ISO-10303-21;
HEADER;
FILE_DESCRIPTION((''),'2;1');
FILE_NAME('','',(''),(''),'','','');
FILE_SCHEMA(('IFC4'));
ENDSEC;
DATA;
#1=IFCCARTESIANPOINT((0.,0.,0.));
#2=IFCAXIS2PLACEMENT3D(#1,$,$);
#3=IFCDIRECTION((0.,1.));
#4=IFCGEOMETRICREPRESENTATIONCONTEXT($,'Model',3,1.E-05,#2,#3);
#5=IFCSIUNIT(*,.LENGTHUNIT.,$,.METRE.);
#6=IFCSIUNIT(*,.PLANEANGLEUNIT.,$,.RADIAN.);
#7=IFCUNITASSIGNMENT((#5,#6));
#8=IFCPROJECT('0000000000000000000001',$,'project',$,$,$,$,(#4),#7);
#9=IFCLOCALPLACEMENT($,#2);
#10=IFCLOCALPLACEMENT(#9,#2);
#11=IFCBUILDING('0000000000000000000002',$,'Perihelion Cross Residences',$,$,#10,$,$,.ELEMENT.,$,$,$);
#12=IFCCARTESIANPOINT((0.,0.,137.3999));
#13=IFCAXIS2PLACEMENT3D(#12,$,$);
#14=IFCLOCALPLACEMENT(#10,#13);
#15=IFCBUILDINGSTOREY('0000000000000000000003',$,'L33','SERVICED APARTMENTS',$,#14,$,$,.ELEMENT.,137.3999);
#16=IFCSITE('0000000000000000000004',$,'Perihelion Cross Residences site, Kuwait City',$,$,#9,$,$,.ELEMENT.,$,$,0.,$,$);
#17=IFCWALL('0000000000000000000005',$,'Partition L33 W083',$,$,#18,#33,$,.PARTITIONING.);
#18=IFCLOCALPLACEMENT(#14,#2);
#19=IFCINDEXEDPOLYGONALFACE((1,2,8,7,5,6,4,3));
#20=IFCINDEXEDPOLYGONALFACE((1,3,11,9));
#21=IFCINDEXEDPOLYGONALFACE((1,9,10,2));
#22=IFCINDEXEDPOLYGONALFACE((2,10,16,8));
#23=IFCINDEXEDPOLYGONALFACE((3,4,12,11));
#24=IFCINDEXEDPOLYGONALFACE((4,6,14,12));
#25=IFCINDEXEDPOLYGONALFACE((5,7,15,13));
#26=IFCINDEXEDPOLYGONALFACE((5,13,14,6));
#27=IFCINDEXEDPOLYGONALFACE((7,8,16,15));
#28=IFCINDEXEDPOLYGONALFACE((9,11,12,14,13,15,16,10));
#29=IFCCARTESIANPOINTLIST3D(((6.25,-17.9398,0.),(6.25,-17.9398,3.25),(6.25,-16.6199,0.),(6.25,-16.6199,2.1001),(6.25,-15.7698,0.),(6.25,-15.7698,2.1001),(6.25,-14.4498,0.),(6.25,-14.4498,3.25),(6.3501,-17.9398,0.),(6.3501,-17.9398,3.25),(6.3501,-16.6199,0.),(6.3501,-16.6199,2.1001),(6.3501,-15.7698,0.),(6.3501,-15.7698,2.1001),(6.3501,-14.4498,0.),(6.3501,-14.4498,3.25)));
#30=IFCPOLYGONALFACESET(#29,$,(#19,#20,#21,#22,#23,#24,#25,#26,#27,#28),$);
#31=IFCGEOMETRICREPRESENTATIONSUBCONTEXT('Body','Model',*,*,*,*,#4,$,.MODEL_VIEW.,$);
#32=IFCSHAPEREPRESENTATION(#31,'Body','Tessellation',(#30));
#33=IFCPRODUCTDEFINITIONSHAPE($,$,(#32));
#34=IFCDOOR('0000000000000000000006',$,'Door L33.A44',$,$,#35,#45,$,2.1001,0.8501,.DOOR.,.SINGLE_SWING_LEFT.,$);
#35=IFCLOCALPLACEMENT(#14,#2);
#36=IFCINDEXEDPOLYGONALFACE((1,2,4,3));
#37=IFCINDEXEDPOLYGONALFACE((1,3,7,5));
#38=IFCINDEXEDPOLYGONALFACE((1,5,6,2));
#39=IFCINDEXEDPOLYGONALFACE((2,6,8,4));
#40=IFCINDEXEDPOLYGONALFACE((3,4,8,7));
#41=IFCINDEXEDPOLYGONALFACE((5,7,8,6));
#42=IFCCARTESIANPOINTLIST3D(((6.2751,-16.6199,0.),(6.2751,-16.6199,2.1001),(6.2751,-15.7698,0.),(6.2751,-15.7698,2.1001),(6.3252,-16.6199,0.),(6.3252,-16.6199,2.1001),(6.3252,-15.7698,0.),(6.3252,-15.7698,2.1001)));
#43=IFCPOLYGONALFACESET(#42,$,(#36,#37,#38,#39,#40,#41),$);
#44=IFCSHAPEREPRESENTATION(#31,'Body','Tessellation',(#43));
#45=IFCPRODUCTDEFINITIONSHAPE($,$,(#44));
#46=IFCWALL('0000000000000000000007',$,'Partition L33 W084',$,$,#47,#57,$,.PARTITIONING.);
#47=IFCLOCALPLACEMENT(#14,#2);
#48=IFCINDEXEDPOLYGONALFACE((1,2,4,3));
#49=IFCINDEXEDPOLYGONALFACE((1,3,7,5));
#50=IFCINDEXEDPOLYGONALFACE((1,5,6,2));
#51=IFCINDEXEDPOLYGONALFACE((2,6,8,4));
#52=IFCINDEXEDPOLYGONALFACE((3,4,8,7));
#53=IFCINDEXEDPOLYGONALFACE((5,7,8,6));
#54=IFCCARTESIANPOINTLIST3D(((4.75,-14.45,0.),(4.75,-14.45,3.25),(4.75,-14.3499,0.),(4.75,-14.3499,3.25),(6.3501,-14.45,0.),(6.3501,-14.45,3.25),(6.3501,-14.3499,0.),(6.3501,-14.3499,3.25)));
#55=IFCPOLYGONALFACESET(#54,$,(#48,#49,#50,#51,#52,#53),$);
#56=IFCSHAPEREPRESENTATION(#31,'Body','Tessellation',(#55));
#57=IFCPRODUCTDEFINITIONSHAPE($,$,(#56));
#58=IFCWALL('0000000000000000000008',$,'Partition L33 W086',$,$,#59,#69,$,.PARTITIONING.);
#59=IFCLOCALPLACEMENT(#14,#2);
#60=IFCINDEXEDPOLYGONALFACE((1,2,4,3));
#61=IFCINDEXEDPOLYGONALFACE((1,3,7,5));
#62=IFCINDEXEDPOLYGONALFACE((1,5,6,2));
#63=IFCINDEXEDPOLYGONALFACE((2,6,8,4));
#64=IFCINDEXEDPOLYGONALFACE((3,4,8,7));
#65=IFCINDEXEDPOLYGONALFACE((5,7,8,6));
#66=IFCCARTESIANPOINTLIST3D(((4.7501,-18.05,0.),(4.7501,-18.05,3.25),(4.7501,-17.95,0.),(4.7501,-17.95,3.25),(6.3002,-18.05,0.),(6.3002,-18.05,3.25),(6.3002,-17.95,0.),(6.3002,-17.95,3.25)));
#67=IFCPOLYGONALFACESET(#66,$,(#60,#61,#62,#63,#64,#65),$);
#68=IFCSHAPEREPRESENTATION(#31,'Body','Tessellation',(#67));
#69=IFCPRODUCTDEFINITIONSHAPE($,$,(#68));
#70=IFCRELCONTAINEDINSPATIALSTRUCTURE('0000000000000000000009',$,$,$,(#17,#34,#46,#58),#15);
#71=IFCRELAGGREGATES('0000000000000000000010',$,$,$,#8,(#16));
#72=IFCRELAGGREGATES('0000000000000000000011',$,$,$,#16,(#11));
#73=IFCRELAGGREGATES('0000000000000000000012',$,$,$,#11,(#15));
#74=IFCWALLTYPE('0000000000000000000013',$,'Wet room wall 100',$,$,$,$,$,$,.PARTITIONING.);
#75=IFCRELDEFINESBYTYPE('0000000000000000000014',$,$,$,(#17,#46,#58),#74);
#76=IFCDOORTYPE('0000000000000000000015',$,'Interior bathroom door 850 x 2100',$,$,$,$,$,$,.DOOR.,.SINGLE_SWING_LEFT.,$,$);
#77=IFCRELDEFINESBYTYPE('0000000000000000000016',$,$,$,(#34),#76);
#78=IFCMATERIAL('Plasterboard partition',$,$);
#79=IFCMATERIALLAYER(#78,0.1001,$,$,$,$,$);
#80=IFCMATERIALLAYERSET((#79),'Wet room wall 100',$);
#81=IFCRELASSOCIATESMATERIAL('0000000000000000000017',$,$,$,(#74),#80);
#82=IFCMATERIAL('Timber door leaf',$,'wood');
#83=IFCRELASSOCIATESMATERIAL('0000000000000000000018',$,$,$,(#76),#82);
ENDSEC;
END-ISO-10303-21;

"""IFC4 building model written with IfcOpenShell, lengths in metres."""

from ifc_helpers import new_model, si_unit, direction, frame, frame_2d, origin, place, context, subcontext, project, spatial, rectangle, extrude, material, layer, layer_set, type_object, element, fill, save


model = new_model("IFC4")

# Units and contexts
model_context = context("Model", 3, precision=1e-05, world=origin(), true_north=direction((0.0, 1.0)))
body_context = subcontext(model_context, "Body", "Model", "MODEL_VIEW")
ifc_project = project(units=[si_unit("LENGTHUNIT", "METRE"), si_unit("PLANEANGLEUNIT", "RADIAN")], contexts=[model_context])

# Site, building, storey
site_placement = place(None, origin())
site = spatial("IfcSite", under=ifc_project, at=site_placement, Name="Perihelion Cross Residences site, Kuwait City", CompositionType="ELEMENT", RefElevation=0.0)
building_placement = place(site_placement, origin())
building = spatial("IfcBuilding", under=site, at=building_placement, Name="Perihelion Cross Residences", CompositionType="ELEMENT")
storey_placement = place(building_placement, frame((0.0, 0.0, 137.3999)))
storey = spatial("IfcBuildingStorey", under=building, at=storey_placement, Name="L33", Description="SERVICED APARTMENTS", CompositionType="ELEMENT", Elevation=137.3999)

# Wall, opening, door
ifc_material_1 = material(Name="Plasterboard partition")
ifc_layer_1 = layer(ifc_material_1, 0.1001)
ifc_layer_set_1 = layer_set([ifc_layer_1], Name="Wet room wall 100")
wall_type_1 = type_object("IfcWallType", Name="Wet room wall 100", PredefinedType="PARTITIONING", material=ifc_layer_set_1)
wall_1_placement = place(storey_placement, frame((6.3, -17.9399, 0.0), z_axis=(0.0, 0.0, 1.0), x_axis=(0.0, 1.0, 0.0)))
wall_1 = element("IfcWall", 1, at=wall_1_placement, inside=storey, type_object=wall_type_1, Name="Partition L33 W083", PredefinedType="PARTITIONING", context=body_context, shape_type="SweptSolid", body=[
    extrude(rectangle(XDim=3.49, YDim=0.1001, at=frame_2d((1.7451, 0.0))), origin(), (0.0, 0.0, 1.0), 3.25),
])
opening_1_placement = place(wall_1_placement, frame((1.3201, 0.0, 0.0)))
opening_1 = element("IfcOpeningElement", 2, at=opening_1_placement, cuts=wall_1, PredefinedType="OPENING", context=body_context, shape_type="SweptSolid", body=[
    extrude(rectangle(XDim=0.8501, YDim=2.1001, at=frame_2d((0.425, 1.05))), frame((0.0, 0.0601, 0.0), z_axis=(0.0, -1.0, 0.0), x_axis=(1.0, 0.0, 0.0)), (0.0, 0.0, 1.0), 0.1201),
])
ifc_material_2 = material(Name="Timber door leaf", Category="wood")
door_type_1 = type_object("IfcDoorType", Name="Interior bathroom door 850 x 2100", OperationType="SINGLE_SWING_LEFT", PredefinedType="DOOR", material=ifc_material_2)
door_1_placement = place(opening_1_placement, origin())
door_1 = element("IfcDoor", 3, at=door_1_placement, inside=storey, type_object=door_type_1, Name="Door L33.A44", OperationType="SINGLE_SWING_LEFT", OverallHeight=2.1001, OverallWidth=0.8501, PredefinedType="DOOR", context=body_context, shape_type="SweptSolid", body=[
    extrude(rectangle(XDim=0.8501, YDim=2.1001, at=frame_2d((0.425, 1.05))), frame((0.0, 0.0249, 0.0), z_axis=(0.0, -1.0, 0.0), x_axis=(1.0, 0.0, 0.0)), (0.0, 0.0, 1.0), 0.05),
])
fill(opening_1, door_1)

# Walls
wall_2_placement = place(storey_placement, frame((6.3501, -14.3999, 0.0), z_axis=(0.0, 0.0, 1.0), x_axis=(-1.0, 0.0, 0.0)))
element("IfcWall", 4, at=wall_2_placement, inside=storey, type_object=wall_type_1, Name="Partition L33 W084", PredefinedType="PARTITIONING", context=body_context, shape_type="SweptSolid", body=[
    extrude(rectangle(XDim=1.6001, YDim=0.1001, at=frame_2d((0.8, 0.0))), origin(), (0.0, 0.0, 1.0), 3.25),
])
wall_3_placement = place(storey_placement, frame((6.3, -18.0, 0.0), z_axis=(0.0, 0.0, 1.0), x_axis=(-1.0, 0.0, 0.0)))
element("IfcWall", 5, at=wall_3_placement, inside=storey, type_object=wall_type_1, Name="Partition L33 W086", PredefinedType="PARTITIONING", context=body_context, shape_type="SweptSolid", body=[
    extrude(rectangle(XDim=1.55, YDim=0.1001, at=frame_2d((0.7749, 0.0))), origin(), (0.0, 0.0, 1.0), 3.25),
])

save(model, "model.ifc")
